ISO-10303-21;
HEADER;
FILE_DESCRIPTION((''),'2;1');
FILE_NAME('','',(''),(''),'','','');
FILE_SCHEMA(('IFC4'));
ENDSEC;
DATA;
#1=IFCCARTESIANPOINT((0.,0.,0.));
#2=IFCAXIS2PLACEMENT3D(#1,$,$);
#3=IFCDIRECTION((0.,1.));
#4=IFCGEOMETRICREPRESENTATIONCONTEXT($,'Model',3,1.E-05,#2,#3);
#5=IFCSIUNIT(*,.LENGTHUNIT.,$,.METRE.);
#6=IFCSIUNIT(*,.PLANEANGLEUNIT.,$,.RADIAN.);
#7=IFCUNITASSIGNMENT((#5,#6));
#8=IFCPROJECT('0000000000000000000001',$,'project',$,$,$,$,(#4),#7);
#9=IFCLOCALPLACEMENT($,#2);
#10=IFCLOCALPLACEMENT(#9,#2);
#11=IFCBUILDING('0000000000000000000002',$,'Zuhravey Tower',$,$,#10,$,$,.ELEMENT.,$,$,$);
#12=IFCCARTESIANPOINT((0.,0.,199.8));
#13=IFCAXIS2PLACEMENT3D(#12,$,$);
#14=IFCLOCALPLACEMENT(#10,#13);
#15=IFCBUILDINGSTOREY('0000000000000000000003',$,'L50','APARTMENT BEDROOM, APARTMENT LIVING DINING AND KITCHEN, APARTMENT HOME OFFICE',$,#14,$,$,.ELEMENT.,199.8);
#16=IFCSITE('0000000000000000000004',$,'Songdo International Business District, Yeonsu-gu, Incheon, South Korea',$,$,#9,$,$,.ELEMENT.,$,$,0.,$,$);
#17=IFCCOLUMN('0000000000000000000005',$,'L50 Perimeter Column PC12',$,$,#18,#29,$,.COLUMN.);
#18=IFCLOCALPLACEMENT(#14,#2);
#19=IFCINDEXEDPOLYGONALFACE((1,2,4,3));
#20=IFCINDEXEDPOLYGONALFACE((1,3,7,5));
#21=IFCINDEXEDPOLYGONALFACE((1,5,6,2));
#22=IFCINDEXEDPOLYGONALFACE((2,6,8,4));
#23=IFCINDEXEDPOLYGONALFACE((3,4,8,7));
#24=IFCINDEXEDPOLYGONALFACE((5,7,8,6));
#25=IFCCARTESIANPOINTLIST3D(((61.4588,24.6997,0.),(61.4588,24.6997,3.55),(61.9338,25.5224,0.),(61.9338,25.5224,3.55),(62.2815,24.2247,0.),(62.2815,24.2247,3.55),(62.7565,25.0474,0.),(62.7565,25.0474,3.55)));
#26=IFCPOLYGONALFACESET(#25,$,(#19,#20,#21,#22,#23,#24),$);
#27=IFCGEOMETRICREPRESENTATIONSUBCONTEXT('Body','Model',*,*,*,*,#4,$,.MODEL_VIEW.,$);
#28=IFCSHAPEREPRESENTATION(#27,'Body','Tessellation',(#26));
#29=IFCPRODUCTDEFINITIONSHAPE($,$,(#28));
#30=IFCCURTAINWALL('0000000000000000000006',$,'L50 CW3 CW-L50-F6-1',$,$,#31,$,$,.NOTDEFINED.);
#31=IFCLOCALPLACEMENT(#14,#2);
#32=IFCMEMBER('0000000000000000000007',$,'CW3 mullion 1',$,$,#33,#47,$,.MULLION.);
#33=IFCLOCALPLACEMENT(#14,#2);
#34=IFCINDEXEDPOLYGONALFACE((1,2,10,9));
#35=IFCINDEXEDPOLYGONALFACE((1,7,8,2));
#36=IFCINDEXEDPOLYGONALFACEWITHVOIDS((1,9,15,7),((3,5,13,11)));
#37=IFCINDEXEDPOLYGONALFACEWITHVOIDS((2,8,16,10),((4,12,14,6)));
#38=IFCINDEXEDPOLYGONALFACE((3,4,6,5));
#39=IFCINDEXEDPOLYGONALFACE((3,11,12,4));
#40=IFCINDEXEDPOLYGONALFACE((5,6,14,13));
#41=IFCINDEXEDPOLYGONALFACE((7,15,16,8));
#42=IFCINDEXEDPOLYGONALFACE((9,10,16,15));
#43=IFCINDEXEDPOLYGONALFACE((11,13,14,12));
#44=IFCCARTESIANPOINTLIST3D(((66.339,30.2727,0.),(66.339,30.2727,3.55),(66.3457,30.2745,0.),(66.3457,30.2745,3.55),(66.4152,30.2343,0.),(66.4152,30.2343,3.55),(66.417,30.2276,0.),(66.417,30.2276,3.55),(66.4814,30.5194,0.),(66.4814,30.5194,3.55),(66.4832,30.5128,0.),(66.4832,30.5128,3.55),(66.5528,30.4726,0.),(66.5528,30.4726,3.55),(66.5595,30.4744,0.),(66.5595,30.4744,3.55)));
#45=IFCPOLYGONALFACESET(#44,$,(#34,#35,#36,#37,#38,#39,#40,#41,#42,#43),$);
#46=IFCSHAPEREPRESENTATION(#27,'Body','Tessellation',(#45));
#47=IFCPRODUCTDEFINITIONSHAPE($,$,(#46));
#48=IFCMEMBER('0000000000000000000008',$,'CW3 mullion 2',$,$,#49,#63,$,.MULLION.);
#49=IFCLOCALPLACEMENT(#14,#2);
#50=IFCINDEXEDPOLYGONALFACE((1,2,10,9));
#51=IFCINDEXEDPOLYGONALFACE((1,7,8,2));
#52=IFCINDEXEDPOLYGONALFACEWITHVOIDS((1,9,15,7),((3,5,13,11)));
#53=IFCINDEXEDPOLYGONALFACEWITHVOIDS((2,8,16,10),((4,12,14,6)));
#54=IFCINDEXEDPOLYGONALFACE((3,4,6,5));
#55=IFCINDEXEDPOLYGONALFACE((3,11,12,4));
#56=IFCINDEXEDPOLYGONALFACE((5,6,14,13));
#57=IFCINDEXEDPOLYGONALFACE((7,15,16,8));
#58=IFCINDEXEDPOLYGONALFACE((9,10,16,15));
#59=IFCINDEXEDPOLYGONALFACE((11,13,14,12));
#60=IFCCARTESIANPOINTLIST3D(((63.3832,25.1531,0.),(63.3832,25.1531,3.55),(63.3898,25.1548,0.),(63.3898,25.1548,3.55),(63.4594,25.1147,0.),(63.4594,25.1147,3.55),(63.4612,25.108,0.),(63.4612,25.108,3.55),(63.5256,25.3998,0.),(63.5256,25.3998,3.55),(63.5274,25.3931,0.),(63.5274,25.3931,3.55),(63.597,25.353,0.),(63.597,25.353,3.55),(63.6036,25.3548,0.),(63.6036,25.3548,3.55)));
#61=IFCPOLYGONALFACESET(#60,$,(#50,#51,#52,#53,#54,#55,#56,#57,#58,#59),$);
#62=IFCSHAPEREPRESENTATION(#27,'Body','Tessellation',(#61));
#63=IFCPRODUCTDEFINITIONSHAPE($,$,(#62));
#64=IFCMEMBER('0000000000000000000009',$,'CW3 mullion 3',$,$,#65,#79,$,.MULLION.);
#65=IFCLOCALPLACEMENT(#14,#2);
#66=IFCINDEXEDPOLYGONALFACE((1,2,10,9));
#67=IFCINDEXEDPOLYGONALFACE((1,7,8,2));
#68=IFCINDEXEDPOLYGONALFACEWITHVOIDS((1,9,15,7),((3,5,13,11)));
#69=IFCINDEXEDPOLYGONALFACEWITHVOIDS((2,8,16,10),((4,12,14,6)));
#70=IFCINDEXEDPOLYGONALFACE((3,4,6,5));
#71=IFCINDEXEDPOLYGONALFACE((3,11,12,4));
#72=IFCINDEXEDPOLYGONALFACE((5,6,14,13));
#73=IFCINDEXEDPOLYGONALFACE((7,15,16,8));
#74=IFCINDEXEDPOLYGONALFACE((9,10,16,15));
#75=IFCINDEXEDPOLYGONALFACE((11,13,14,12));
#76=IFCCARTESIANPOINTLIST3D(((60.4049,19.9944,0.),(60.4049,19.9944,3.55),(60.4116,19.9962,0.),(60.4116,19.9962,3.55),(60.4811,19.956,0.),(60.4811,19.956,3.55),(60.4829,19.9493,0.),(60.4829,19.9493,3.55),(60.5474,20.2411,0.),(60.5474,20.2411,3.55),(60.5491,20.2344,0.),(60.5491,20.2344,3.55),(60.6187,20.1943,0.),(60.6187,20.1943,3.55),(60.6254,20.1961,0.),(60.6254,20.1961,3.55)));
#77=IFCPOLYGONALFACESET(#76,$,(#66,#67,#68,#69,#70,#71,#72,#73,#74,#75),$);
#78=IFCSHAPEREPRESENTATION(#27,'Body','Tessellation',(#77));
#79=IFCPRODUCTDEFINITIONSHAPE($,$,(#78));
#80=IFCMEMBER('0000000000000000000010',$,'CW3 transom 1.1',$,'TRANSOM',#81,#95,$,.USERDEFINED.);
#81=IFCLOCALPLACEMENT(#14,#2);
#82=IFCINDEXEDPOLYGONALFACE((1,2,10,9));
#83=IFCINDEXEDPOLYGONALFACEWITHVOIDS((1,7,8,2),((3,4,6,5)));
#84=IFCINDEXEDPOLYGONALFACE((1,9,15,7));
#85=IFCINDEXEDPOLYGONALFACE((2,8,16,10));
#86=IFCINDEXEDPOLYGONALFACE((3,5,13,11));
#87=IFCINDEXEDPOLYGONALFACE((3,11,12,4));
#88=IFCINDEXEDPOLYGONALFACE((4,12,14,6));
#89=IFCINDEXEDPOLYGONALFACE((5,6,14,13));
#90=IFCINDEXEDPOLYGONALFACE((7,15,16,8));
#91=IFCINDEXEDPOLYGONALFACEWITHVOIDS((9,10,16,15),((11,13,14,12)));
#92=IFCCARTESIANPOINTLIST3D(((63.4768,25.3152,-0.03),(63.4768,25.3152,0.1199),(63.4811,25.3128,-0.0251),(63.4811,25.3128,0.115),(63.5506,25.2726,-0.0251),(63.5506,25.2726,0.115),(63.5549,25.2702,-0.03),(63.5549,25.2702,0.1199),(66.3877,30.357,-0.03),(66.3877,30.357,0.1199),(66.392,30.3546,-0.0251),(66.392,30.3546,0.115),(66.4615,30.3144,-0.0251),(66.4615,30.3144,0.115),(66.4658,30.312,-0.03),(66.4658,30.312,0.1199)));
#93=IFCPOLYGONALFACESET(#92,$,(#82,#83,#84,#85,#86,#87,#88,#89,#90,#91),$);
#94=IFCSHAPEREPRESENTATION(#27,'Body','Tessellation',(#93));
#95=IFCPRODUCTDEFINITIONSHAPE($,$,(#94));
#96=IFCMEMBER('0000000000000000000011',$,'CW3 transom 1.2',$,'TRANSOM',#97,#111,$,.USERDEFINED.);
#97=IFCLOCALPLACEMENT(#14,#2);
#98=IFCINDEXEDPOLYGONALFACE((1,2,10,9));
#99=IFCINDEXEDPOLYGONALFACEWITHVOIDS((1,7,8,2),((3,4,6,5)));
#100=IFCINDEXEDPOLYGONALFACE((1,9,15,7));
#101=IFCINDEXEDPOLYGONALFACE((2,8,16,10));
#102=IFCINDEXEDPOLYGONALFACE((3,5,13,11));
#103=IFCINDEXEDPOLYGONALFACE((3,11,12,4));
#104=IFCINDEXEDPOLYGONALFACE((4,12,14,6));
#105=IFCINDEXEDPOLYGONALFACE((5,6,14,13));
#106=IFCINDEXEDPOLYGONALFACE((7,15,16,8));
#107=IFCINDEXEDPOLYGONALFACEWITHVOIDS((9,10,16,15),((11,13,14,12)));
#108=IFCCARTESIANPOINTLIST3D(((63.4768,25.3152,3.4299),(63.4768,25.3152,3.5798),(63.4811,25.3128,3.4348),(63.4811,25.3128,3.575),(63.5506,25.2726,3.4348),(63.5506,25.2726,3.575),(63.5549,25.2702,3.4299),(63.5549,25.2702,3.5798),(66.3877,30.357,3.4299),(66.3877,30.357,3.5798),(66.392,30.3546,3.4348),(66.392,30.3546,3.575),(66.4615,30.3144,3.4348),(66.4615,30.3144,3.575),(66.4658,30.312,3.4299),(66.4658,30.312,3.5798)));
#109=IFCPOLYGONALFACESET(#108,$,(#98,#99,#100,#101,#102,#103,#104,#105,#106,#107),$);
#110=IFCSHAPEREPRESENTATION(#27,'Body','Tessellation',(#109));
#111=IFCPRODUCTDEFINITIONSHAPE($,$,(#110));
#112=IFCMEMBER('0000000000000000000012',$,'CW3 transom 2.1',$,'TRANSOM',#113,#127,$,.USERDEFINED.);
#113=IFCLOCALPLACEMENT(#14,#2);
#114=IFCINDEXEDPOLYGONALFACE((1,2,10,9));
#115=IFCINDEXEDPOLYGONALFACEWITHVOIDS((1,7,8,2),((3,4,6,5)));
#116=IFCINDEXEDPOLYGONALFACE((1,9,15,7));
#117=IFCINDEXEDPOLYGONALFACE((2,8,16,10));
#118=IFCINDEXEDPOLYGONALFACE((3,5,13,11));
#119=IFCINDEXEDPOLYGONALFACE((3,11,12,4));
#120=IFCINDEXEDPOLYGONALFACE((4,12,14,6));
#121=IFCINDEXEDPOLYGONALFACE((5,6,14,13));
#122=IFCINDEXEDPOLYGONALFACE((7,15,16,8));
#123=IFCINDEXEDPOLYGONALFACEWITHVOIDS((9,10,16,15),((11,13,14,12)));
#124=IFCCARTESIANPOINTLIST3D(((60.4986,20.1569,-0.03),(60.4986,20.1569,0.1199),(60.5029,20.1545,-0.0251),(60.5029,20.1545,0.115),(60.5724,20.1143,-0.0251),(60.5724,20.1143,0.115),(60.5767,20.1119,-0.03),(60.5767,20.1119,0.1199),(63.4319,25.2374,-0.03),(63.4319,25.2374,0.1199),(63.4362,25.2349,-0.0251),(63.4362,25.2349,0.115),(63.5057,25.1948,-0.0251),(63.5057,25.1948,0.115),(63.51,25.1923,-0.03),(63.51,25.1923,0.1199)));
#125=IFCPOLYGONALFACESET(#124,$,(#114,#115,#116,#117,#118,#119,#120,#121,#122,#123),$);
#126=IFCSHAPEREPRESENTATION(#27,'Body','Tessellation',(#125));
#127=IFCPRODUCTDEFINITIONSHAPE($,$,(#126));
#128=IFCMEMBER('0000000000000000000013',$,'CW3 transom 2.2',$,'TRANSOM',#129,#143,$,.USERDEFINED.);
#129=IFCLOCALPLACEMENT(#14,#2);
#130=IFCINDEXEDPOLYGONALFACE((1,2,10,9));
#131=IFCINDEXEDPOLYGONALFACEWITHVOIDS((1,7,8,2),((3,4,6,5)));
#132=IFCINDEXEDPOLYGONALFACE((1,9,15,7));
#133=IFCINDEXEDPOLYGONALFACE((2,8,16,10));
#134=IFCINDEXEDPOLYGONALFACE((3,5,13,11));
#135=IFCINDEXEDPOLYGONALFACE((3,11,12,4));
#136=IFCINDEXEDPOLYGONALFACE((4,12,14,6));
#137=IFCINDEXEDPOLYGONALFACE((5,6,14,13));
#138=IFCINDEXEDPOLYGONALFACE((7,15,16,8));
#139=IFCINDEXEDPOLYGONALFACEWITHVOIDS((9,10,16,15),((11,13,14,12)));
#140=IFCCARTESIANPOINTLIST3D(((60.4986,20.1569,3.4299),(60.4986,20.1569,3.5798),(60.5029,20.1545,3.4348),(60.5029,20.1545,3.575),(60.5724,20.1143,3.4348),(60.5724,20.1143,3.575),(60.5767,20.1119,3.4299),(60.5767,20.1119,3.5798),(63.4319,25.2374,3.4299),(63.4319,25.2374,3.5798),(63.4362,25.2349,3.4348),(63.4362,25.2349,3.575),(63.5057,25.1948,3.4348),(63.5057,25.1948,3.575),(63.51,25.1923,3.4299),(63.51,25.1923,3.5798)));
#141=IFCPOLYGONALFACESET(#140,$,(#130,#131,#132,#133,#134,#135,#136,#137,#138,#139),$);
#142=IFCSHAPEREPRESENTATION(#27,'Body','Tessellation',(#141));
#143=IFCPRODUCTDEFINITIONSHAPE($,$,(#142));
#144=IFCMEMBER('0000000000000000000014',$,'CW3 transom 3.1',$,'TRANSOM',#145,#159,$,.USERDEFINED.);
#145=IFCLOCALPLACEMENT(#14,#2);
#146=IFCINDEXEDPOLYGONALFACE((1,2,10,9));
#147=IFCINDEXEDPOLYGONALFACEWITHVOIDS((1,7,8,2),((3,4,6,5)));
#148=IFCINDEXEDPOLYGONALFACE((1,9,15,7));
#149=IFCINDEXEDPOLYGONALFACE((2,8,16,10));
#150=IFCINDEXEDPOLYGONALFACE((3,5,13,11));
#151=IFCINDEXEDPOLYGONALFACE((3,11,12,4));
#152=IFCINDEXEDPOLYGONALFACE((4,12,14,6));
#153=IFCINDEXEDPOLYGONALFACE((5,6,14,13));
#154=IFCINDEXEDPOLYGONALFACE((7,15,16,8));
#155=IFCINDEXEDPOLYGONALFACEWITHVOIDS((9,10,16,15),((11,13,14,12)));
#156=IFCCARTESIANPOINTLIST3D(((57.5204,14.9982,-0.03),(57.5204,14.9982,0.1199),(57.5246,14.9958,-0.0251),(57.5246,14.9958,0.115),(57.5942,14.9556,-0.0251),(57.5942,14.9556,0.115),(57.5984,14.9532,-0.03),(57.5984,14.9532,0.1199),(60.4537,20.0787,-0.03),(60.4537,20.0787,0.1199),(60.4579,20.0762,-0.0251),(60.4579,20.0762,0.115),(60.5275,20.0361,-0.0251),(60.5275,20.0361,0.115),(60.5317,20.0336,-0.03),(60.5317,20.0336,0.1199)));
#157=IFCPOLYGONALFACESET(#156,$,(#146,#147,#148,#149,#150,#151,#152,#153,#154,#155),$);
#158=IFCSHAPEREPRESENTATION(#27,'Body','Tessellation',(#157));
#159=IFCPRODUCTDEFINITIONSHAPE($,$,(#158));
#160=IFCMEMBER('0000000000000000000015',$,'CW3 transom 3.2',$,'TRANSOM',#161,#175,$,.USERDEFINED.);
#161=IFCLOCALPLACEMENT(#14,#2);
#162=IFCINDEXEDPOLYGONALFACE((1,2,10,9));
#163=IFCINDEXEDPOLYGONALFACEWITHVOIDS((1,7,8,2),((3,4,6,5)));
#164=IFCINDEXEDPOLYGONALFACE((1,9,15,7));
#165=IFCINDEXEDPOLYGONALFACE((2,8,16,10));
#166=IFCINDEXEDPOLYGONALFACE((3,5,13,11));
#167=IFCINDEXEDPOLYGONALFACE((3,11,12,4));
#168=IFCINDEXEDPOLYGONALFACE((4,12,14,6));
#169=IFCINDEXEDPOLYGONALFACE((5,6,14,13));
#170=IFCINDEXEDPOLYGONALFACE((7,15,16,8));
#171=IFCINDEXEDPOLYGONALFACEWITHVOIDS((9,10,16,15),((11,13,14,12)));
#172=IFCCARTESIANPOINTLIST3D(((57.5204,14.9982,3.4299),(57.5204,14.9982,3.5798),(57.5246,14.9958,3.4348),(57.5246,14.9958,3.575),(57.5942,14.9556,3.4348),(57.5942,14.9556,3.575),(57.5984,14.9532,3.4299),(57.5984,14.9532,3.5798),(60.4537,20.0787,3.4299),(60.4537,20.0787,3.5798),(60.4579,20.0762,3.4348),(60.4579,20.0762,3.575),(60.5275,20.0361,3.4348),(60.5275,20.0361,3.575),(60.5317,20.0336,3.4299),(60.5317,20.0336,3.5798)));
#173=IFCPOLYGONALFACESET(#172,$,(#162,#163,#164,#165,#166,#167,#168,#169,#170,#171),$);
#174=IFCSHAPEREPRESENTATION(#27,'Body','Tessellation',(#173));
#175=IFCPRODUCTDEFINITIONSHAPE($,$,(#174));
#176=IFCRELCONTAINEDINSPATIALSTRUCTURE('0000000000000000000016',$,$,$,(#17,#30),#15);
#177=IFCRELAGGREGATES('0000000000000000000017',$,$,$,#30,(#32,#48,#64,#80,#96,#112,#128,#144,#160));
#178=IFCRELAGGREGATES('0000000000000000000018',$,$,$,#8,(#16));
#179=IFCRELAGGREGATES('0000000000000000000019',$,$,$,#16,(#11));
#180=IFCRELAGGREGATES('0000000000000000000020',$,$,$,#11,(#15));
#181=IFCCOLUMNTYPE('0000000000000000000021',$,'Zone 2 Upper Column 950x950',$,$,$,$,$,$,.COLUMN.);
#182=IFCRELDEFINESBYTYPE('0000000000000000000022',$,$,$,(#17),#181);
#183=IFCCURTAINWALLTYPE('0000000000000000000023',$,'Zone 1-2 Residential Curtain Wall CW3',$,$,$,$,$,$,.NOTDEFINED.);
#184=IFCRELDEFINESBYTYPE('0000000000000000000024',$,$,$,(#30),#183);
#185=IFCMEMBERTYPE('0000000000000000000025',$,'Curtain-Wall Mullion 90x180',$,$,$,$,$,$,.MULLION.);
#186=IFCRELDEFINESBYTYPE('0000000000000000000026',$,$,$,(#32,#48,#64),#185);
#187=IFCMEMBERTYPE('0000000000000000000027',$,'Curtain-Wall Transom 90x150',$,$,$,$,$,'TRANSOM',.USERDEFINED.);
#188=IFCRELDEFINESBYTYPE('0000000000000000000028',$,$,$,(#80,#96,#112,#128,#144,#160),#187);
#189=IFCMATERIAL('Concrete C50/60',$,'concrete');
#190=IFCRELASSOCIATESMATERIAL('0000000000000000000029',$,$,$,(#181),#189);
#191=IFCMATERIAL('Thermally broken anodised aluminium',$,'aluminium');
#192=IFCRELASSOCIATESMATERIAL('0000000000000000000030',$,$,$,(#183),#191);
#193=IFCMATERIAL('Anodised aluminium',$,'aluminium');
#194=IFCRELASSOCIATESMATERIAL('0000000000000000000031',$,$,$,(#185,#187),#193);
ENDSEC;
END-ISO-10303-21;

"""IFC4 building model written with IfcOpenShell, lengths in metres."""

from ifc_helpers import new_model, si_unit, direction, frame, origin, origin_2d, place, context, subcontext, project, spatial, rectangle, hollow_rectangle, extrude, material, material_profile, profile_set, type_object, element, aggregate, save


model = new_model("IFC4")

# Units and contexts
model_context = context("Model", 3, precision=1e-05, world=origin(), true_north=direction((0.0, 1.0)))
body_context = subcontext(model_context, "Body", "Model", "MODEL_VIEW")
ifc_project = project(units=[si_unit("LENGTHUNIT", "METRE"), si_unit("PLANEANGLEUNIT", "RADIAN")], contexts=[model_context])

# Site, building, storey
site_placement = place(None, origin())
site = spatial("IfcSite", under=ifc_project, at=site_placement, Name="Songdo International Business District, Yeonsu-gu, Incheon, South Korea", CompositionType="ELEMENT", RefElevation=0.0)
building_placement = place(site_placement, origin())
building = spatial("IfcBuilding", under=site, at=building_placement, Name="Zuhravey Tower", CompositionType="ELEMENT")
storey_placement = place(building_placement, frame((0.0, 0.0, 199.8)))
storey = spatial("IfcBuildingStorey", under=building, at=storey_placement, Name="L50", Description="APARTMENT BEDROOM, APARTMENT LIVING DINING AND KITCHEN, APARTMENT HOME OFFICE", CompositionType="ELEMENT", Elevation=199.8)

# Column
ifc_material_1 = material(Name="Concrete C50/60", Category="concrete")
ifc_material_profile_1 = material_profile(ifc_material_1, rectangle(XDim=0.95, YDim=0.95, at=origin_2d()), Name="RC-950x950")
ifc_profile_set_1 = profile_set([ifc_material_profile_1], Name="Concrete C50/60")
column_type = type_object("IfcColumnType", Name="Zone 2 Upper Column 950x950", PredefinedType="COLUMN", material=ifc_profile_set_1)
column_placement = place(storey_placement, frame((62.1077, 24.8735, 0.0), z_axis=(0.0, 0.0, 1.0), x_axis=(0.5, 0.866025, 0.0)))
element("IfcColumn", 1, at=column_placement, inside=storey, type_object=column_type, Name="L50 Perimeter Column PC12", PredefinedType="COLUMN", context=body_context, shape_type="SweptSolid", body=[
    extrude(rectangle(XDim=0.95, YDim=0.95, at=origin_2d()), origin(), (0.0, 0.0, 1.0), 3.55),
])

# Curtain wall, members
ifc_material_2 = material(Name="Thermally broken anodised aluminium", Category="aluminium")
curtain_wall_type = type_object("IfcCurtainWallType", Name="Zone 1-2 Residential Curtain Wall CW3", PredefinedType="NOTDEFINED", material=ifc_material_2)
curtain_wall_placement = place(storey_placement, origin())
curtain_wall = element("IfcCurtainWall", 2, at=curtain_wall_placement, inside=storey, type_object=curtain_wall_type, Name="L50 CW3 CW-L50-F6-1", PredefinedType="NOTDEFINED")
ifc_material_3 = material(Name="Anodised aluminium", Category="aluminium")
ifc_material_profile_2 = material_profile(ifc_material_3, hollow_rectangle(XDim=0.0901, YDim=0.2849, WallThickness=0.0049, at=origin_2d()), Name="ALU-RHS-90x285x5")
ifc_profile_set_2 = profile_set([ifc_material_profile_2], Name="Anodised aluminium")
member_type_1 = type_object("IfcMemberType", Name="Curtain-Wall Mullion 90x180", PredefinedType="MULLION", material=ifc_profile_set_2)
member_1_placement = place(storey_placement, frame((66.4492, 30.3735, 0.0), z_axis=(0.0, 0.0, 1.0), x_axis=(0.866025, -0.5, 0.0)))
member_1 = element("IfcMember", 3, at=member_1_placement, type_object=member_type_1, Name="CW3 mullion 1", PredefinedType="MULLION", context=body_context, shape_type="SweptSolid", body=[
    extrude(hollow_rectangle(XDim=0.0901, YDim=0.2849, WallThickness=0.0049, at=origin_2d()), origin(), (0.0, 0.0, 1.0), 3.55),
])
member_2_placement = place(storey_placement, frame((63.4934, 25.2539, 0.0), z_axis=(0.0, 0.0, 1.0), x_axis=(0.866025, -0.5, 0.0)))
member_2 = element("IfcMember", 4, at=member_2_placement, type_object=member_type_1, Name="CW3 mullion 2", PredefinedType="MULLION", context=body_context, shape_type="SweptSolid", body=[
    extrude(hollow_rectangle(XDim=0.0901, YDim=0.2849, WallThickness=0.0049, at=origin_2d()), origin(), (0.0, 0.0, 1.0), 3.55),
])
member_3_placement = place(storey_placement, frame((60.5151, 20.0952, 0.0), z_axis=(0.0, 0.0, 1.0), x_axis=(0.866025, -0.5, 0.0)))
member_3 = element("IfcMember", 5, at=member_3_placement, type_object=member_type_1, Name="CW3 mullion 3", PredefinedType="MULLION", context=body_context, shape_type="SweptSolid", body=[
    extrude(hollow_rectangle(XDim=0.0901, YDim=0.2849, WallThickness=0.0049, at=origin_2d()), origin(), (0.0, 0.0, 1.0), 3.55),
])
ifc_material_profile_3 = material_profile(ifc_material_3, hollow_rectangle(XDim=0.0901, YDim=0.1499, WallThickness=0.0049, at=origin_2d()), Name="ALU-RHS-90x150x5")
ifc_profile_set_3 = profile_set([ifc_material_profile_3], Name="Anodised aluminium")
member_type_2 = type_object("IfcMemberType", Name="Curtain-Wall Transom 90x150", ElementType="TRANSOM", PredefinedType="USERDEFINED", material=ifc_profile_set_3)
member_4_placement = place(storey_placement, frame((66.4268, 30.3345, 0.0449), z_axis=(-0.500004, -0.866023, 0.0), x_axis=(0.866023, -0.500004, 0.0)))
member_4 = element("IfcMember", 6, at=member_4_placement, type_object=member_type_2, Name="CW3 transom 1.1", ObjectType="TRANSOM", PredefinedType="USERDEFINED", context=body_context, shape_type="SweptSolid", body=[
    extrude(hollow_rectangle(XDim=0.0901, YDim=0.1499, WallThickness=0.0049, at=origin_2d()), origin(), (0.0, 0.0, 1.0), 5.8218),
])
member_5_placement = place(storey_placement, frame((66.4268, 30.3345, 3.5049), z_axis=(-0.500004, -0.866023, 0.0), x_axis=(0.866023, -0.500004, 0.0)))
member_5 = element("IfcMember", 7, at=member_5_placement, type_object=member_type_2, Name="CW3 transom 1.2", ObjectType="TRANSOM", PredefinedType="USERDEFINED", context=body_context, shape_type="SweptSolid", body=[
    extrude(hollow_rectangle(XDim=0.0901, YDim=0.1499, WallThickness=0.0049, at=origin_2d()), origin(), (0.0, 0.0, 1.0), 5.8218),
])
member_6_placement = place(storey_placement, frame((63.4709, 25.2148, 0.0449), z_axis=(-0.500011, -0.866019, 0.0), x_axis=(0.866019, -0.500011, 0.0)))
member_6 = element("IfcMember", 8, at=member_6_placement, type_object=member_type_2, Name="CW3 transom 2.1", ObjectType="TRANSOM", PredefinedType="USERDEFINED", context=body_context, shape_type="SweptSolid", body=[
    extrude(hollow_rectangle(XDim=0.0901, YDim=0.1499, WallThickness=0.0049, at=origin_2d()), origin(), (0.0, 0.0, 1.0), 5.8665),
])
member_7_placement = place(storey_placement, frame((63.4709, 25.2148, 3.5049), z_axis=(-0.500011, -0.866019, 0.0), x_axis=(0.866019, -0.500011, 0.0)))
member_7 = element("IfcMember", 9, at=member_7_placement, type_object=member_type_2, Name="CW3 transom 2.2", ObjectType="TRANSOM", PredefinedType="USERDEFINED", context=body_context, shape_type="SweptSolid", body=[
    extrude(hollow_rectangle(XDim=0.0901, YDim=0.1499, WallThickness=0.0049, at=origin_2d()), origin(), (0.0, 0.0, 1.0), 5.8665),
])
member_8_placement = place(storey_placement, frame((60.4927, 20.0562, 0.0449), z_axis=(-0.500011, -0.866019, 0.0), x_axis=(0.866019, -0.500011, 0.0)))
member_8 = element("IfcMember", 10, at=member_8_placement, type_object=member_type_2, Name="CW3 transom 3.1", ObjectType="TRANSOM", PredefinedType="USERDEFINED", context=body_context, shape_type="SweptSolid", body=[
    extrude(hollow_rectangle(XDim=0.0901, YDim=0.1499, WallThickness=0.0049, at=origin_2d()), origin(), (0.0, 0.0, 1.0), 5.8665),
])
member_9_placement = place(storey_placement, frame((60.4927, 20.0562, 3.5049), z_axis=(-0.500011, -0.866019, 0.0), x_axis=(0.866019, -0.500011, 0.0)))
member_9 = element("IfcMember", 11, at=member_9_placement, type_object=member_type_2, Name="CW3 transom 3.2", ObjectType="TRANSOM", PredefinedType="USERDEFINED", context=body_context, shape_type="SweptSolid", body=[
    extrude(hollow_rectangle(XDim=0.0901, YDim=0.1499, WallThickness=0.0049, at=origin_2d()), origin(), (0.0, 0.0, 1.0), 5.8665),
])

aggregate(curtain_wall, [member_1, member_2, member_3, member_4, member_5, member_6, member_7, member_8, member_9])

save(model, "model.ifc")
